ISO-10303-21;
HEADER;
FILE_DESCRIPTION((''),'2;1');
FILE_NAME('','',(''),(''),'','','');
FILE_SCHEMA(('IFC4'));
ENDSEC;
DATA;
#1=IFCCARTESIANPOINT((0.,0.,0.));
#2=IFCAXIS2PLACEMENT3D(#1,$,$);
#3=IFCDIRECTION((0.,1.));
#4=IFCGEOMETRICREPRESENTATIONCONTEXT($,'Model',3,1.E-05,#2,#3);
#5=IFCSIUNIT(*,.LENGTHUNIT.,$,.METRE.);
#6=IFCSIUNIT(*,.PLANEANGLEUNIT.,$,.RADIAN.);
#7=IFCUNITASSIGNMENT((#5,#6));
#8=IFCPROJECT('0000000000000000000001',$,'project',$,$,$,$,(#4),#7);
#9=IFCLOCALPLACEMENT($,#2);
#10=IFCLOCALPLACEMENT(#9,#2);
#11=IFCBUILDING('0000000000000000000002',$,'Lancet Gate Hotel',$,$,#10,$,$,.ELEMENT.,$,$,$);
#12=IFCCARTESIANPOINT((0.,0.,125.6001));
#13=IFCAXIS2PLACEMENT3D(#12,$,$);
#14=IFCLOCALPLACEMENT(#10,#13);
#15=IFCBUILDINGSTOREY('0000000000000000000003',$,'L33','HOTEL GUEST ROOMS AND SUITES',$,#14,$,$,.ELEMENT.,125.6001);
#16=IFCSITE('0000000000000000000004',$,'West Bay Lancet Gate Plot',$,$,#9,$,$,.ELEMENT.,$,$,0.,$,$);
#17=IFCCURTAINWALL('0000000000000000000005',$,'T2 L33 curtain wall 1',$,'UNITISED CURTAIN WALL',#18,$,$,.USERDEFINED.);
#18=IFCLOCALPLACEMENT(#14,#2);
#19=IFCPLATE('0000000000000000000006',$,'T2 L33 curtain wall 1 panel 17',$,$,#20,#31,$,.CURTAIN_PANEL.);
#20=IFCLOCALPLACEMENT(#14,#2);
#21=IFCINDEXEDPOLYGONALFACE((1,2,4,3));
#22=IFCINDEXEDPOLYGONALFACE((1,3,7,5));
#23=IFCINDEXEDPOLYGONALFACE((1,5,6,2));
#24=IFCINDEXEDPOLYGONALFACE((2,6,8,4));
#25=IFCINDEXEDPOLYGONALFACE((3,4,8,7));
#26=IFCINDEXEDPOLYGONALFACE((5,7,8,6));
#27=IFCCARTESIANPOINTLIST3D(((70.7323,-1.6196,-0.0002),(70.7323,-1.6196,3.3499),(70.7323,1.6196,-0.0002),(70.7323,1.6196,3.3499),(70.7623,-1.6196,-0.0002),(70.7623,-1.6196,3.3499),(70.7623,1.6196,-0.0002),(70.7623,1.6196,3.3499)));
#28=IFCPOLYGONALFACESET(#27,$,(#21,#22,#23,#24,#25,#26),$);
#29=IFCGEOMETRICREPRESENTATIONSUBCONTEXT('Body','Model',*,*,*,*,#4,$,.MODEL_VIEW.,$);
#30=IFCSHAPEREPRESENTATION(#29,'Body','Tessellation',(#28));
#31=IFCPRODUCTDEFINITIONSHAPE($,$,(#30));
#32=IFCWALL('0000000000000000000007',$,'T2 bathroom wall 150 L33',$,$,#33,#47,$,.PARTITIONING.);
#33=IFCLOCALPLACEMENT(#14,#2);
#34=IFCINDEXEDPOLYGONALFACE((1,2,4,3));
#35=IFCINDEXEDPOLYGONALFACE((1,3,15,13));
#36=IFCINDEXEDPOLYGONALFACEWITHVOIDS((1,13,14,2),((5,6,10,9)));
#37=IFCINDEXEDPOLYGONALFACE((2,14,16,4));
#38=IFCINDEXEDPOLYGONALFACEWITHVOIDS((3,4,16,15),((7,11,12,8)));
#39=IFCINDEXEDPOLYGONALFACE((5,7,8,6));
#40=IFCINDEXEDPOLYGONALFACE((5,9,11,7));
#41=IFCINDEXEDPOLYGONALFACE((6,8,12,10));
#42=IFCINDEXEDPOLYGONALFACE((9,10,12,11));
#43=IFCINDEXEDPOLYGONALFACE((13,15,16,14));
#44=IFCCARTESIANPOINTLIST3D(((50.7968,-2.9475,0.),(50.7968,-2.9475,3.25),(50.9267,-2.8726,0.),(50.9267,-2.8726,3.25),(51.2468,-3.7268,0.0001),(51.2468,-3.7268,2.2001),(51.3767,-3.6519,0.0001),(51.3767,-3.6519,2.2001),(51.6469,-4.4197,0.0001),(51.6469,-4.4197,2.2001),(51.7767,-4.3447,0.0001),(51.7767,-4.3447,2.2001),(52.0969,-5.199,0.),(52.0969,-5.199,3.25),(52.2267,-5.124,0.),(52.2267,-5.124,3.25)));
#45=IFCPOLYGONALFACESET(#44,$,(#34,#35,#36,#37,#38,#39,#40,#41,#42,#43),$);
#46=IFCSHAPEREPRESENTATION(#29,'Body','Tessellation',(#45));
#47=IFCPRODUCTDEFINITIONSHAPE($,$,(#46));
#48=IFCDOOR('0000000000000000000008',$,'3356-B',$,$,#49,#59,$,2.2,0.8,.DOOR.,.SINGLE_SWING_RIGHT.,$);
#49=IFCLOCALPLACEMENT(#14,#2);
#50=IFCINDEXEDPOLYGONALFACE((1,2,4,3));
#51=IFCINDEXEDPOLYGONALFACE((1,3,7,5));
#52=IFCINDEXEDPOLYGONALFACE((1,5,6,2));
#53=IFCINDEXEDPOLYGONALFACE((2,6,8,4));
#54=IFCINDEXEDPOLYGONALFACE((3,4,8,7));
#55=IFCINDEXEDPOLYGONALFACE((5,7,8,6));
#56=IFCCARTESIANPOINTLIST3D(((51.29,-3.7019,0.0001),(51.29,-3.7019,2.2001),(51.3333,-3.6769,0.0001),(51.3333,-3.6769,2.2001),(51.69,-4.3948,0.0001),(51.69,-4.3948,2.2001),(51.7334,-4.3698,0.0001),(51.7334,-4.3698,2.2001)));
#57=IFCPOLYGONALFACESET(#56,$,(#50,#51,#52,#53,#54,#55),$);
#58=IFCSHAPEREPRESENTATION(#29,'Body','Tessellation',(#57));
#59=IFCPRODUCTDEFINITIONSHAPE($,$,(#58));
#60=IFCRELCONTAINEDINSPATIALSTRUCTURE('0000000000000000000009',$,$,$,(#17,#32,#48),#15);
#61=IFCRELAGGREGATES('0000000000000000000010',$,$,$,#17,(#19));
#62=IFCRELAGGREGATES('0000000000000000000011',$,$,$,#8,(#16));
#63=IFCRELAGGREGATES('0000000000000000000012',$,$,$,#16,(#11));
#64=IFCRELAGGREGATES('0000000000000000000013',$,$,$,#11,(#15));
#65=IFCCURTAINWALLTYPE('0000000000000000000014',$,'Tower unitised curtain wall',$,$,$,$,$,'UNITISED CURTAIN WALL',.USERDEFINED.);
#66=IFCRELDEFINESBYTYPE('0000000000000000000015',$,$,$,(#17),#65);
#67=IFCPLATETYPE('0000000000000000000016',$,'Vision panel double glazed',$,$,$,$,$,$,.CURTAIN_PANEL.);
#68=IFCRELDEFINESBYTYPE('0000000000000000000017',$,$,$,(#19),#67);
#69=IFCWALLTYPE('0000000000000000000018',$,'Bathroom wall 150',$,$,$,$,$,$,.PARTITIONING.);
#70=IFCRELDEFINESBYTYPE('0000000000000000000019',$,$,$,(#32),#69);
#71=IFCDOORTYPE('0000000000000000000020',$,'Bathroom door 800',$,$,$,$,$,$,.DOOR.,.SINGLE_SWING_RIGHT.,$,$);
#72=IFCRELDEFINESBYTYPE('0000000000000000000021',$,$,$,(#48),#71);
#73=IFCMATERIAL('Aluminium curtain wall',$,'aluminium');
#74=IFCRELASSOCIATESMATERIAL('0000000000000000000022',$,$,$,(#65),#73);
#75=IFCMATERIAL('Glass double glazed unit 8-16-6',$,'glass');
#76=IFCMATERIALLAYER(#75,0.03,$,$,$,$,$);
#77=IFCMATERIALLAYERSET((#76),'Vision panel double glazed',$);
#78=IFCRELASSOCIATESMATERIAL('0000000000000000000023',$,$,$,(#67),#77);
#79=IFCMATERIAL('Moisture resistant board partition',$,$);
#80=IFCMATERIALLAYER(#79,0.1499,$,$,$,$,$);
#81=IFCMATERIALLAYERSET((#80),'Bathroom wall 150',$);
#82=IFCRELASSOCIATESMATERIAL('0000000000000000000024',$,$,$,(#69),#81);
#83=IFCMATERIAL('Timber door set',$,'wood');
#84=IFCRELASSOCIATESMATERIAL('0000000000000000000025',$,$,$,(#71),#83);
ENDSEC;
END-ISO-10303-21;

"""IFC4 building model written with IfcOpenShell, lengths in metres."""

from ifc_helpers import new_model, si_unit, direction, frame, frame_2d, origin, origin_2d, place, context, subcontext, project, spatial, rectangle, extrude, material, layer, layer_set, type_object, element, fill, aggregate, save


model = new_model("IFC4")

# Units and contexts
model_context = context("Model", 3, precision=1e-05, world=origin(), true_north=direction((0.0, 1.0)))
body_context = subcontext(model_context, "Body", "Model", "MODEL_VIEW")
ifc_project = project(units=[si_unit("LENGTHUNIT", "METRE"), si_unit("PLANEANGLEUNIT", "RADIAN")], contexts=[model_context])

# Site, building, storey
site_placement = place(None, origin())
site = spatial("IfcSite", under=ifc_project, at=site_placement, Name="West Bay Lancet Gate Plot", CompositionType="ELEMENT", RefElevation=0.0)
building_placement = place(site_placement, origin())
building = spatial("IfcBuilding", under=site, at=building_placement, Name="Lancet Gate Hotel", CompositionType="ELEMENT")
storey_placement = place(building_placement, frame((0.0, 0.0, 125.6001)))
storey = spatial("IfcBuildingStorey", under=building, at=storey_placement, Name="L33", Description="HOTEL GUEST ROOMS AND SUITES", CompositionType="ELEMENT", Elevation=125.6001)

# Curtain wall
ifc_material_1 = material(Name="Aluminium curtain wall", Category="aluminium")
curtain_wall_type = type_object("IfcCurtainWallType", Name="Tower unitised curtain wall", ElementType="UNITISED CURTAIN WALL", PredefinedType="USERDEFINED", material=ifc_material_1)
curtain_wall_placement = place(storey_placement, origin())
curtain_wall = element("IfcCurtainWall", 1, at=curtain_wall_placement, inside=storey, type_object=curtain_wall_type, Name="T2 L33 curtain wall 1", ObjectType="UNITISED CURTAIN WALL", PredefinedType="USERDEFINED")

# Plate
ifc_material_2 = material(Name="Glass double glazed unit 8-16-6", Category="glass")
ifc_layer_1 = layer(ifc_material_2, 0.03)
ifc_layer_set_1 = layer_set([ifc_layer_1], Name="Vision panel double glazed")
plate_type = type_object("IfcPlateType", Name="Vision panel double glazed", PredefinedType="CURTAIN_PANEL", material=ifc_layer_set_1)
plate_1_placement = place(storey_placement, frame((70.7473, 0.0, -0.0002), z_axis=(0.0, 0.0, 1.0), x_axis=(0.0, 1.0, 0.0)))
plate_1 = element("IfcPlate", 2, at=plate_1_placement, type_object=plate_type, Name="T2 L33 curtain wall 1 panel 17", PredefinedType="CURTAIN_PANEL", context=body_context, shape_type="SweptSolid", body=[
    extrude(rectangle(XDim=3.2393, YDim=0.03, at=origin_2d()), origin(), (0.0, 0.0, 1.0), 3.3501),
])
aggregate(curtain_wall, [plate_1])

# Wall, opening, door
ifc_material_3 = material(Name="Moisture resistant board partition")
ifc_layer_2 = layer(ifc_material_3, 0.1499)
ifc_layer_set_2 = layer_set([ifc_layer_2], Name="Bathroom wall 150")
wall_type = type_object("IfcWallType", Name="Bathroom wall 150", PredefinedType="PARTITIONING", material=ifc_layer_set_2)
wall_placement = place(storey_placement, frame((50.8618, -2.9102, 0.0), z_axis=(0.0, 0.0, 1.0), x_axis=(0.500048, -0.865998, 0.0)))
wall = element("IfcWall", 3, at=wall_placement, inside=storey, type_object=wall_type, Name="T2 bathroom wall 150 L33", PredefinedType="PARTITIONING", context=body_context, shape_type="SweptSolid", body=[
    extrude(rectangle(XDim=2.5999, YDim=0.1499, at=frame_2d((1.2998, 0.0))), origin(), (0.0, 0.0, 1.0), 3.25),
])
opening_placement = place(wall_placement, frame((0.8999, 0.0, 0.0)))
opening = element("IfcOpeningElement", 4, at=opening_placement, cuts=wall, PredefinedType="OPENING", context=body_context, shape_type="SweptSolid", body=[
    extrude(rectangle(XDim=0.8, YDim=2.2, at=frame_2d((0.3999, 1.1001))), frame((0.0, 0.085, 0.0), z_axis=(0.0, -1.0, 0.0), x_axis=(1.0, 0.0, 0.0)), (0.0, 0.0, 1.0), 0.1699),
])
ifc_material_4 = material(Name="Timber door set", Category="wood")
door_type = type_object("IfcDoorType", Name="Bathroom door 800", OperationType="SINGLE_SWING_RIGHT", PredefinedType="DOOR", material=ifc_material_4)
door_placement = place(opening_placement, origin())
door = element("IfcDoor", 5, at=door_placement, inside=storey, type_object=door_type, Name="3356-B", OperationType="SINGLE_SWING_RIGHT", OverallHeight=2.2, OverallWidth=0.8, PredefinedType="DOOR", context=body_context, shape_type="SweptSolid", body=[
    extrude(rectangle(XDim=0.8, YDim=2.2, at=frame_2d((0.3999, 1.1001))), frame((0.0, 0.0249, 0.0), z_axis=(0.0, -1.0, 0.0), x_axis=(1.0, 0.0, 0.0)), (0.0, 0.0, 1.0), 0.05),
])
fill(opening, door)

save(model, "model.ifc")
